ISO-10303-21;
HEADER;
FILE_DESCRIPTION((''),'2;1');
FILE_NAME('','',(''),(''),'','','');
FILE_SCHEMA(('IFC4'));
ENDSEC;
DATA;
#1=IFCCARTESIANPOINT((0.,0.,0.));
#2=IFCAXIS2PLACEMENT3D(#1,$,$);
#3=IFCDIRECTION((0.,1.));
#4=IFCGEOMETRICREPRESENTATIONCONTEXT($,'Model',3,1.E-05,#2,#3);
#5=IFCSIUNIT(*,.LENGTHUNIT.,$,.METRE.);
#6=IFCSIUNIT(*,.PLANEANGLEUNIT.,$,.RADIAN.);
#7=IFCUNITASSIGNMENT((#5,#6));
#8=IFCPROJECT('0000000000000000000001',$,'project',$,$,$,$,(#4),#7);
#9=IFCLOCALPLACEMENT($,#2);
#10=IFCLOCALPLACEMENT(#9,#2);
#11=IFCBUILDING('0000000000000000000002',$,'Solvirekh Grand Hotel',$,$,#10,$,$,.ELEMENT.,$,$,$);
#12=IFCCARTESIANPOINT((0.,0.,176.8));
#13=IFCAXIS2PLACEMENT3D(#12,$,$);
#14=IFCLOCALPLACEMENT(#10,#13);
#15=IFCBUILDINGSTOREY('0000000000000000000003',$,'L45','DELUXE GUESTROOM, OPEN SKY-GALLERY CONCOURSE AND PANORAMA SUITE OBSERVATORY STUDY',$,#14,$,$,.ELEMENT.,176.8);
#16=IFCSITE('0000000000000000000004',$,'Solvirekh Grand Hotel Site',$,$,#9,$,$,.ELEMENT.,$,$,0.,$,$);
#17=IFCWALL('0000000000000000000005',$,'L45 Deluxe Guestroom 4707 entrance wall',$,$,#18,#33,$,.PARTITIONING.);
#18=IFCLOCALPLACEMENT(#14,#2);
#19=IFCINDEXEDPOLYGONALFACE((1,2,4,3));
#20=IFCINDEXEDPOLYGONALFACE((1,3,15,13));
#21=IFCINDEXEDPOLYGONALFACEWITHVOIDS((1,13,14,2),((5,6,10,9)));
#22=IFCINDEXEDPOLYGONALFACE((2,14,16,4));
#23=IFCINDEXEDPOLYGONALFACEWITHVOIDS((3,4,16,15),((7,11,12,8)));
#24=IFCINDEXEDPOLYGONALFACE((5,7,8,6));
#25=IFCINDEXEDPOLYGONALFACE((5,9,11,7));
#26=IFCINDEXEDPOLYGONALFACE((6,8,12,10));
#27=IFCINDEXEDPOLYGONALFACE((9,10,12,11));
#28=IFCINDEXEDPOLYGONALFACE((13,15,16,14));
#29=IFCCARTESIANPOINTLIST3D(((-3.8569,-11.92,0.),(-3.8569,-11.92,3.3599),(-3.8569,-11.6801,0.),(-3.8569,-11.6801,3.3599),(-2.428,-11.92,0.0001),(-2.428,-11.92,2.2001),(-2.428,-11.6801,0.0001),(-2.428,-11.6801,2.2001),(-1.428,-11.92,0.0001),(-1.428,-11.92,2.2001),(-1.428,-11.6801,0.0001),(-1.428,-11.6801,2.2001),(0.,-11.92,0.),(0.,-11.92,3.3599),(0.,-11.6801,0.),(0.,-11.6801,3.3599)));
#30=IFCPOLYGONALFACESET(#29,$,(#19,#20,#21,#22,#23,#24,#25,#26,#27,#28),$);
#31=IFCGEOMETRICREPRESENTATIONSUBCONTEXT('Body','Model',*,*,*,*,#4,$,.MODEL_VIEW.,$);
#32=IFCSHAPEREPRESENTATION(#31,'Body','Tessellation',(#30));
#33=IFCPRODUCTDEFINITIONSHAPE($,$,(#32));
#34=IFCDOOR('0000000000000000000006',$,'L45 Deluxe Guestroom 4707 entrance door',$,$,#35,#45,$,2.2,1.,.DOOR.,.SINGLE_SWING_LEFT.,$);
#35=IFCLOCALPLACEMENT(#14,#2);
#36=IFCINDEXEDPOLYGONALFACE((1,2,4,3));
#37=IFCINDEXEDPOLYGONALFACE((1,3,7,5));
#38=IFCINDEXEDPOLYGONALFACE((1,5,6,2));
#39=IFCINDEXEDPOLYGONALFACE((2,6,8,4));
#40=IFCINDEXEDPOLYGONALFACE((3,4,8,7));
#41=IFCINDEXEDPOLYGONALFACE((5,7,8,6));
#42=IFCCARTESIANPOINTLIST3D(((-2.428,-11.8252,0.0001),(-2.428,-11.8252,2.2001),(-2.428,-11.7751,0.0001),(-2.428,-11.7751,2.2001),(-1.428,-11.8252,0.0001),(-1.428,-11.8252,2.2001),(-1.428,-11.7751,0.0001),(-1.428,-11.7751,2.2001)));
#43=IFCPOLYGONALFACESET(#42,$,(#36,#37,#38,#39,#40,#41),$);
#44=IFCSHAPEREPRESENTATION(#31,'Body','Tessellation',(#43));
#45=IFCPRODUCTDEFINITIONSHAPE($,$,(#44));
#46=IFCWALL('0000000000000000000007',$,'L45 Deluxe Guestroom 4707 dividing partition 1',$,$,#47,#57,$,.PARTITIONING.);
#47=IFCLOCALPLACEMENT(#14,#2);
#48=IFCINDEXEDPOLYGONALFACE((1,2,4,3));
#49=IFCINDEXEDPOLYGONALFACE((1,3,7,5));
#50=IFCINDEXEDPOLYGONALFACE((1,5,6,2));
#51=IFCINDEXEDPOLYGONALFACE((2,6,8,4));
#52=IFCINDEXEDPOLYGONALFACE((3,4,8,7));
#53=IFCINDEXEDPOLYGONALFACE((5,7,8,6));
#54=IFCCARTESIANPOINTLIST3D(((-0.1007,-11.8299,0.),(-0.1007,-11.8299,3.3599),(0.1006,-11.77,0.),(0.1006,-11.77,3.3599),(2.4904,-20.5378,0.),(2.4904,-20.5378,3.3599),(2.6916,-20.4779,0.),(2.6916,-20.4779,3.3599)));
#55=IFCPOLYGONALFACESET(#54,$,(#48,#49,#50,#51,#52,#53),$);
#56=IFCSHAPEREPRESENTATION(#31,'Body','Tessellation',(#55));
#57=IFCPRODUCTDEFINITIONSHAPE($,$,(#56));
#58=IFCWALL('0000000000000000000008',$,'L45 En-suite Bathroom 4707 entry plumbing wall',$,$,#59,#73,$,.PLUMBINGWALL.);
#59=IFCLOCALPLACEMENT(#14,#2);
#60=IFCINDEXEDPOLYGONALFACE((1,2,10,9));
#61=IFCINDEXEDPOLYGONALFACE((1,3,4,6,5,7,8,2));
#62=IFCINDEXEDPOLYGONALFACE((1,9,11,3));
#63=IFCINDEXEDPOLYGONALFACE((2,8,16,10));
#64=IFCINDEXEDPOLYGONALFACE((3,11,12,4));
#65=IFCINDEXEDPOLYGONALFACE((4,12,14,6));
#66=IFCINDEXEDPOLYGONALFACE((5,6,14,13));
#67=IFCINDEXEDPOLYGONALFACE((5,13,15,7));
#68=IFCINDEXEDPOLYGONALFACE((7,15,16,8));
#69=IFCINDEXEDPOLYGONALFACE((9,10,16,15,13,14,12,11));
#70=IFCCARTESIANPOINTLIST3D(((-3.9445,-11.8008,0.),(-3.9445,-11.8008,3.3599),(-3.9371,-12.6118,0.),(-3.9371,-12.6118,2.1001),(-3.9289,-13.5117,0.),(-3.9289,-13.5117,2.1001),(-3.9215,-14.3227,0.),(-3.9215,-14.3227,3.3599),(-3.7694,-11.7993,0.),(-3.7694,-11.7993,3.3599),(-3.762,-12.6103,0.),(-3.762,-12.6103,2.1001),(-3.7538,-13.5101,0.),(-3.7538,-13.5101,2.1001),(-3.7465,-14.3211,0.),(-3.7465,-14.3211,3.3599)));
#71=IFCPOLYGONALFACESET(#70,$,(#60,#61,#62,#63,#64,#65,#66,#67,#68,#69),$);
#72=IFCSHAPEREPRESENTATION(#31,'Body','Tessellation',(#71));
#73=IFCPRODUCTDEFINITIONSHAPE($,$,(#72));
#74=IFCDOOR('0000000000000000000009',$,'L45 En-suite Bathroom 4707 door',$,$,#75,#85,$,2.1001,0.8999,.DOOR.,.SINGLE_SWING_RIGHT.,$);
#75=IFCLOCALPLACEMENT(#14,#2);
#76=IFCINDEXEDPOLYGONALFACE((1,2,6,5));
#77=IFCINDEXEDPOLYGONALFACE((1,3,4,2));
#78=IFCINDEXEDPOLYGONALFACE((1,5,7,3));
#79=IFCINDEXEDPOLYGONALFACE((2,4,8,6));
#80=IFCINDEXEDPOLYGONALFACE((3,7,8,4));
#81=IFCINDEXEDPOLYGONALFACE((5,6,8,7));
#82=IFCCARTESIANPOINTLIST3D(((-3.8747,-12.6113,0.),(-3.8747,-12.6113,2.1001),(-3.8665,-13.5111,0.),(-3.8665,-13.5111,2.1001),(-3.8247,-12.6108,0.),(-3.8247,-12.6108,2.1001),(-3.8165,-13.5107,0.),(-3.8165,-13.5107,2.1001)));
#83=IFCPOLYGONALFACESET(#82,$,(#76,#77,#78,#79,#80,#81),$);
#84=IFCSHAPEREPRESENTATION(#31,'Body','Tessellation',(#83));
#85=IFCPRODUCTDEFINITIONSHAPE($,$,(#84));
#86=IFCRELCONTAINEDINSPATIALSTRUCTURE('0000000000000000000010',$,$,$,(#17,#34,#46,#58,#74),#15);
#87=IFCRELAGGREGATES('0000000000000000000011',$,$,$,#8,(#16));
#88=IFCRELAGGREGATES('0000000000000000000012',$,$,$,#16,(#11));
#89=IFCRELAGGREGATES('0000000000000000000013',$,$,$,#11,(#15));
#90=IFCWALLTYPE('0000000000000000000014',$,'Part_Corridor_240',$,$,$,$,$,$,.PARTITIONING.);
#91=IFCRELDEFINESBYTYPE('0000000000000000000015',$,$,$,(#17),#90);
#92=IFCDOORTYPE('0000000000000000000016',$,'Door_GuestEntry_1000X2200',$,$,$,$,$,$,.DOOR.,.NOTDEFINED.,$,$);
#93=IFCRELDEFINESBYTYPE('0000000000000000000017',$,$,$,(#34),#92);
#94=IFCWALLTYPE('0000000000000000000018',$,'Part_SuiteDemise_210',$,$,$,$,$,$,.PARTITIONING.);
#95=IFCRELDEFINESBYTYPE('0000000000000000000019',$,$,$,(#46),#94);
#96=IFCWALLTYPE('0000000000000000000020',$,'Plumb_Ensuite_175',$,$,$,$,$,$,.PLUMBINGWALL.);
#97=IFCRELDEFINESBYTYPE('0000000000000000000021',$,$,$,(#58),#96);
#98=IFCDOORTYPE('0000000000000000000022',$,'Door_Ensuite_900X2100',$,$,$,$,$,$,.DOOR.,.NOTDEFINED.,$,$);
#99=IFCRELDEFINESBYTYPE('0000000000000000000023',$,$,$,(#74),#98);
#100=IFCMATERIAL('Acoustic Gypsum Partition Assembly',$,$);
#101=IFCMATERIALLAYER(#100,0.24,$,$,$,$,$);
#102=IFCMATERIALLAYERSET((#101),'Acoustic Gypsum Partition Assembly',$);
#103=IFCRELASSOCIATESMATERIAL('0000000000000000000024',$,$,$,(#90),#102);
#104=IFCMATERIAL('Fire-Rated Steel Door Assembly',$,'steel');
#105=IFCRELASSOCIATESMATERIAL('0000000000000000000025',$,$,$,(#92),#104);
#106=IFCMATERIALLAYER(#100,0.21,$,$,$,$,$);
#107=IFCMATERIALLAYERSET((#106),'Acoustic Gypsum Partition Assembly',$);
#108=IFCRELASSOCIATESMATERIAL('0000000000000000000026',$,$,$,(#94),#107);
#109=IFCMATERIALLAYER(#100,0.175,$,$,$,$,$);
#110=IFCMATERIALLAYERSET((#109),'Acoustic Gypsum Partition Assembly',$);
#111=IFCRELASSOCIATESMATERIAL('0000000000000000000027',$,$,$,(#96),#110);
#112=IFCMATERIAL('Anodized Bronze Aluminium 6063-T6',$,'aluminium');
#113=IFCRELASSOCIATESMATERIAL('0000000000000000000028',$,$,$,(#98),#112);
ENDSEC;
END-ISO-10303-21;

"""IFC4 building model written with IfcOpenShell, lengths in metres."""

from ifc_helpers import new_model, si_unit, direction, frame, frame_2d, origin, place, context, subcontext, project, spatial, rectangle, extrude, material, layer, layer_set, type_object, element, fill, save


model = new_model("IFC4")

# Units and contexts
model_context = context("Model", 3, precision=1e-05, world=origin(), true_north=direction((0.0, 1.0)))
body_context = subcontext(model_context, "Body", "Model", "MODEL_VIEW")
ifc_project = project(units=[si_unit("LENGTHUNIT", "METRE"), si_unit("PLANEANGLEUNIT", "RADIAN")], contexts=[model_context])

# Site, building, storey
site_placement = place(None, origin())
site = spatial("IfcSite", under=ifc_project, at=site_placement, Name="Solvirekh Grand Hotel Site", CompositionType="ELEMENT", RefElevation=0.0)
building_placement = place(site_placement, origin())
building = spatial("IfcBuilding", under=site, at=building_placement, Name="Solvirekh Grand Hotel", CompositionType="ELEMENT")
storey_placement = place(building_placement, frame((0.0, 0.0, 176.8)))
storey = spatial("IfcBuildingStorey", under=building, at=storey_placement, Name="L45", Description="DELUXE GUESTROOM, OPEN SKY-GALLERY CONCOURSE AND PANORAMA SUITE OBSERVATORY STUDY", CompositionType="ELEMENT", Elevation=176.8)

# Shared definitions
ifc_material_1 = material(Name="Anodized Bronze Aluminium 6063-T6", Category="aluminium")

# Wall, opening, door
ifc_material_2 = material(Name="Acoustic Gypsum Partition Assembly")
ifc_layer_1 = layer(ifc_material_2, 0.24)
ifc_layer_set_1 = layer_set([ifc_layer_1], Name="Acoustic Gypsum Partition Assembly")
wall_type_1 = type_object("IfcWallType", Name="Part_Corridor_240", PredefinedType="PARTITIONING", material=ifc_layer_set_1)
wall_1_placement = place(storey_placement, frame((-3.8569, -11.8, 0.0), z_axis=(0.0, 0.0, 1.0), x_axis=(1.0, 0.0, 0.0)))
wall_1 = element("IfcWall", 1, at=wall_1_placement, inside=storey, type_object=wall_type_1, Name="L45 Deluxe Guestroom 4707 entrance wall", PredefinedType="PARTITIONING", context=body_context, shape_type="SweptSolid", body=[
    extrude(rectangle(XDim=3.8569, YDim=0.24, at=frame_2d((1.9285, 0.0))), origin(), (0.0, 0.0, 1.0), 3.3599),
])
opening_1_placement = place(wall_1_placement, frame((1.429, 0.0, 0.0)))
opening_1 = element("IfcOpeningElement", 2, at=opening_1_placement, cuts=wall_1, PredefinedType="OPENING", context=body_context, shape_type="SweptSolid", body=[
    extrude(rectangle(XDim=1.0, YDim=2.2, at=frame_2d((0.5, 1.1001))), frame((0.0, 0.1299, 0.0), z_axis=(0.0, -1.0, 0.0), x_axis=(1.0, 0.0, 0.0)), (0.0, 0.0, 1.0), 0.26),
])
ifc_material_3 = material(Name="Fire-Rated Steel Door Assembly", Category="steel")
door_type_1 = type_object("IfcDoorType", Name="Door_GuestEntry_1000X2200", OperationType="NOTDEFINED", PredefinedType="DOOR", material=ifc_material_3)
door_1_placement = place(opening_1_placement, origin())
door_1 = element("IfcDoor", 3, at=door_1_placement, inside=storey, type_object=door_type_1, Name="L45 Deluxe Guestroom 4707 entrance door", OperationType="SINGLE_SWING_LEFT", OverallHeight=2.2, OverallWidth=1.0, PredefinedType="DOOR", context=body_context, shape_type="SweptSolid", body=[
    extrude(rectangle(XDim=1.0, YDim=2.2, at=frame_2d((0.5, 1.1001))), frame((0.0, 0.0249, 0.0), z_axis=(0.0, -1.0, 0.0), x_axis=(1.0, 0.0, 0.0)), (0.0, 0.0, 1.0), 0.05),
])
fill(opening_1, door_1)

# Wall
ifc_layer_2 = layer(ifc_material_2, 0.21)
ifc_layer_set_2 = layer_set([ifc_layer_2], Name="Acoustic Gypsum Partition Assembly")
wall_type_2 = type_object("IfcWallType", Name="Part_SuiteDemise_210", PredefinedType="PARTITIONING", material=ifc_layer_set_2)
wall_2_placement = place(storey_placement, frame((0.0, -11.8, 0.0), z_axis=(0.0, 0.0, 1.0), x_axis=(0.285192, -0.95847, 0.0)))
element("IfcWall", 4, at=wall_2_placement, inside=storey, type_object=wall_type_2, Name="L45 Deluxe Guestroom 4707 dividing partition 1", PredefinedType="PARTITIONING", context=body_context, shape_type="SweptSolid", body=[
    extrude(rectangle(XDim=9.0852, YDim=0.21, at=frame_2d((4.5425, 0.0))), origin(), (0.0, 0.0, 1.0), 3.3599),
])

# Wall, opening, door
ifc_layer_3 = layer(ifc_material_2, 0.175)
ifc_layer_set_3 = layer_set([ifc_layer_3], Name="Acoustic Gypsum Partition Assembly")
wall_type_3 = type_object("IfcWallType", Name="Plumb_Ensuite_175", PredefinedType="PLUMBINGWALL", material=ifc_layer_set_3)
wall_3_placement = place(storey_placement, frame((-3.8569, -11.8, 0.0), z_axis=(0.0, 0.0, 1.0), x_axis=(0.009099, -0.999959, 0.0)))
wall_3 = element("IfcWall", 5, at=wall_3_placement, inside=storey, type_object=wall_type_3, Name="L45 En-suite Bathroom 4707 entry plumbing wall", PredefinedType="PLUMBINGWALL", context=body_context, shape_type="SweptSolid", body=[
    extrude(rectangle(XDim=2.522, YDim=0.175, at=frame_2d((1.261, 0.0))), origin(), (0.0, 0.0, 1.0), 3.3599),
])
opening_2_placement = place(wall_3_placement, frame((0.811, 0.0, 0.0)))
opening_2 = element("IfcOpeningElement", 6, at=opening_2_placement, cuts=wall_3, PredefinedType="OPENING", context=body_context, shape_type="SweptSolid", body=[
    extrude(rectangle(XDim=0.8999, YDim=2.1001, at=frame_2d((0.45, 1.05))), frame((0.0, 0.0977, 0.0), z_axis=(0.0, -1.0, 0.0), x_axis=(1.0, 0.0, 0.0)), (0.0, 0.0, 1.0), 0.1951),
])
door_type_2 = type_object("IfcDoorType", Name="Door_Ensuite_900X2100", OperationType="NOTDEFINED", PredefinedType="DOOR", material=ifc_material_1)
door_2_placement = place(opening_2_placement, origin())
door_2 = element("IfcDoor", 7, at=door_2_placement, inside=storey, type_object=door_type_2, Name="L45 En-suite Bathroom 4707 door", OperationType="SINGLE_SWING_RIGHT", OverallHeight=2.1001, OverallWidth=0.8999, PredefinedType="DOOR", context=body_context, shape_type="SweptSolid", body=[
    extrude(rectangle(XDim=0.8999, YDim=2.1001, at=frame_2d((0.45, 1.05))), frame((0.0, 0.0249, 0.0), z_axis=(0.0, -1.0, 0.0), x_axis=(1.0, 0.0, 0.0)), (0.0, 0.0, 1.0), 0.05),
])
fill(opening_2, door_2)

save(model, "model.ifc")
